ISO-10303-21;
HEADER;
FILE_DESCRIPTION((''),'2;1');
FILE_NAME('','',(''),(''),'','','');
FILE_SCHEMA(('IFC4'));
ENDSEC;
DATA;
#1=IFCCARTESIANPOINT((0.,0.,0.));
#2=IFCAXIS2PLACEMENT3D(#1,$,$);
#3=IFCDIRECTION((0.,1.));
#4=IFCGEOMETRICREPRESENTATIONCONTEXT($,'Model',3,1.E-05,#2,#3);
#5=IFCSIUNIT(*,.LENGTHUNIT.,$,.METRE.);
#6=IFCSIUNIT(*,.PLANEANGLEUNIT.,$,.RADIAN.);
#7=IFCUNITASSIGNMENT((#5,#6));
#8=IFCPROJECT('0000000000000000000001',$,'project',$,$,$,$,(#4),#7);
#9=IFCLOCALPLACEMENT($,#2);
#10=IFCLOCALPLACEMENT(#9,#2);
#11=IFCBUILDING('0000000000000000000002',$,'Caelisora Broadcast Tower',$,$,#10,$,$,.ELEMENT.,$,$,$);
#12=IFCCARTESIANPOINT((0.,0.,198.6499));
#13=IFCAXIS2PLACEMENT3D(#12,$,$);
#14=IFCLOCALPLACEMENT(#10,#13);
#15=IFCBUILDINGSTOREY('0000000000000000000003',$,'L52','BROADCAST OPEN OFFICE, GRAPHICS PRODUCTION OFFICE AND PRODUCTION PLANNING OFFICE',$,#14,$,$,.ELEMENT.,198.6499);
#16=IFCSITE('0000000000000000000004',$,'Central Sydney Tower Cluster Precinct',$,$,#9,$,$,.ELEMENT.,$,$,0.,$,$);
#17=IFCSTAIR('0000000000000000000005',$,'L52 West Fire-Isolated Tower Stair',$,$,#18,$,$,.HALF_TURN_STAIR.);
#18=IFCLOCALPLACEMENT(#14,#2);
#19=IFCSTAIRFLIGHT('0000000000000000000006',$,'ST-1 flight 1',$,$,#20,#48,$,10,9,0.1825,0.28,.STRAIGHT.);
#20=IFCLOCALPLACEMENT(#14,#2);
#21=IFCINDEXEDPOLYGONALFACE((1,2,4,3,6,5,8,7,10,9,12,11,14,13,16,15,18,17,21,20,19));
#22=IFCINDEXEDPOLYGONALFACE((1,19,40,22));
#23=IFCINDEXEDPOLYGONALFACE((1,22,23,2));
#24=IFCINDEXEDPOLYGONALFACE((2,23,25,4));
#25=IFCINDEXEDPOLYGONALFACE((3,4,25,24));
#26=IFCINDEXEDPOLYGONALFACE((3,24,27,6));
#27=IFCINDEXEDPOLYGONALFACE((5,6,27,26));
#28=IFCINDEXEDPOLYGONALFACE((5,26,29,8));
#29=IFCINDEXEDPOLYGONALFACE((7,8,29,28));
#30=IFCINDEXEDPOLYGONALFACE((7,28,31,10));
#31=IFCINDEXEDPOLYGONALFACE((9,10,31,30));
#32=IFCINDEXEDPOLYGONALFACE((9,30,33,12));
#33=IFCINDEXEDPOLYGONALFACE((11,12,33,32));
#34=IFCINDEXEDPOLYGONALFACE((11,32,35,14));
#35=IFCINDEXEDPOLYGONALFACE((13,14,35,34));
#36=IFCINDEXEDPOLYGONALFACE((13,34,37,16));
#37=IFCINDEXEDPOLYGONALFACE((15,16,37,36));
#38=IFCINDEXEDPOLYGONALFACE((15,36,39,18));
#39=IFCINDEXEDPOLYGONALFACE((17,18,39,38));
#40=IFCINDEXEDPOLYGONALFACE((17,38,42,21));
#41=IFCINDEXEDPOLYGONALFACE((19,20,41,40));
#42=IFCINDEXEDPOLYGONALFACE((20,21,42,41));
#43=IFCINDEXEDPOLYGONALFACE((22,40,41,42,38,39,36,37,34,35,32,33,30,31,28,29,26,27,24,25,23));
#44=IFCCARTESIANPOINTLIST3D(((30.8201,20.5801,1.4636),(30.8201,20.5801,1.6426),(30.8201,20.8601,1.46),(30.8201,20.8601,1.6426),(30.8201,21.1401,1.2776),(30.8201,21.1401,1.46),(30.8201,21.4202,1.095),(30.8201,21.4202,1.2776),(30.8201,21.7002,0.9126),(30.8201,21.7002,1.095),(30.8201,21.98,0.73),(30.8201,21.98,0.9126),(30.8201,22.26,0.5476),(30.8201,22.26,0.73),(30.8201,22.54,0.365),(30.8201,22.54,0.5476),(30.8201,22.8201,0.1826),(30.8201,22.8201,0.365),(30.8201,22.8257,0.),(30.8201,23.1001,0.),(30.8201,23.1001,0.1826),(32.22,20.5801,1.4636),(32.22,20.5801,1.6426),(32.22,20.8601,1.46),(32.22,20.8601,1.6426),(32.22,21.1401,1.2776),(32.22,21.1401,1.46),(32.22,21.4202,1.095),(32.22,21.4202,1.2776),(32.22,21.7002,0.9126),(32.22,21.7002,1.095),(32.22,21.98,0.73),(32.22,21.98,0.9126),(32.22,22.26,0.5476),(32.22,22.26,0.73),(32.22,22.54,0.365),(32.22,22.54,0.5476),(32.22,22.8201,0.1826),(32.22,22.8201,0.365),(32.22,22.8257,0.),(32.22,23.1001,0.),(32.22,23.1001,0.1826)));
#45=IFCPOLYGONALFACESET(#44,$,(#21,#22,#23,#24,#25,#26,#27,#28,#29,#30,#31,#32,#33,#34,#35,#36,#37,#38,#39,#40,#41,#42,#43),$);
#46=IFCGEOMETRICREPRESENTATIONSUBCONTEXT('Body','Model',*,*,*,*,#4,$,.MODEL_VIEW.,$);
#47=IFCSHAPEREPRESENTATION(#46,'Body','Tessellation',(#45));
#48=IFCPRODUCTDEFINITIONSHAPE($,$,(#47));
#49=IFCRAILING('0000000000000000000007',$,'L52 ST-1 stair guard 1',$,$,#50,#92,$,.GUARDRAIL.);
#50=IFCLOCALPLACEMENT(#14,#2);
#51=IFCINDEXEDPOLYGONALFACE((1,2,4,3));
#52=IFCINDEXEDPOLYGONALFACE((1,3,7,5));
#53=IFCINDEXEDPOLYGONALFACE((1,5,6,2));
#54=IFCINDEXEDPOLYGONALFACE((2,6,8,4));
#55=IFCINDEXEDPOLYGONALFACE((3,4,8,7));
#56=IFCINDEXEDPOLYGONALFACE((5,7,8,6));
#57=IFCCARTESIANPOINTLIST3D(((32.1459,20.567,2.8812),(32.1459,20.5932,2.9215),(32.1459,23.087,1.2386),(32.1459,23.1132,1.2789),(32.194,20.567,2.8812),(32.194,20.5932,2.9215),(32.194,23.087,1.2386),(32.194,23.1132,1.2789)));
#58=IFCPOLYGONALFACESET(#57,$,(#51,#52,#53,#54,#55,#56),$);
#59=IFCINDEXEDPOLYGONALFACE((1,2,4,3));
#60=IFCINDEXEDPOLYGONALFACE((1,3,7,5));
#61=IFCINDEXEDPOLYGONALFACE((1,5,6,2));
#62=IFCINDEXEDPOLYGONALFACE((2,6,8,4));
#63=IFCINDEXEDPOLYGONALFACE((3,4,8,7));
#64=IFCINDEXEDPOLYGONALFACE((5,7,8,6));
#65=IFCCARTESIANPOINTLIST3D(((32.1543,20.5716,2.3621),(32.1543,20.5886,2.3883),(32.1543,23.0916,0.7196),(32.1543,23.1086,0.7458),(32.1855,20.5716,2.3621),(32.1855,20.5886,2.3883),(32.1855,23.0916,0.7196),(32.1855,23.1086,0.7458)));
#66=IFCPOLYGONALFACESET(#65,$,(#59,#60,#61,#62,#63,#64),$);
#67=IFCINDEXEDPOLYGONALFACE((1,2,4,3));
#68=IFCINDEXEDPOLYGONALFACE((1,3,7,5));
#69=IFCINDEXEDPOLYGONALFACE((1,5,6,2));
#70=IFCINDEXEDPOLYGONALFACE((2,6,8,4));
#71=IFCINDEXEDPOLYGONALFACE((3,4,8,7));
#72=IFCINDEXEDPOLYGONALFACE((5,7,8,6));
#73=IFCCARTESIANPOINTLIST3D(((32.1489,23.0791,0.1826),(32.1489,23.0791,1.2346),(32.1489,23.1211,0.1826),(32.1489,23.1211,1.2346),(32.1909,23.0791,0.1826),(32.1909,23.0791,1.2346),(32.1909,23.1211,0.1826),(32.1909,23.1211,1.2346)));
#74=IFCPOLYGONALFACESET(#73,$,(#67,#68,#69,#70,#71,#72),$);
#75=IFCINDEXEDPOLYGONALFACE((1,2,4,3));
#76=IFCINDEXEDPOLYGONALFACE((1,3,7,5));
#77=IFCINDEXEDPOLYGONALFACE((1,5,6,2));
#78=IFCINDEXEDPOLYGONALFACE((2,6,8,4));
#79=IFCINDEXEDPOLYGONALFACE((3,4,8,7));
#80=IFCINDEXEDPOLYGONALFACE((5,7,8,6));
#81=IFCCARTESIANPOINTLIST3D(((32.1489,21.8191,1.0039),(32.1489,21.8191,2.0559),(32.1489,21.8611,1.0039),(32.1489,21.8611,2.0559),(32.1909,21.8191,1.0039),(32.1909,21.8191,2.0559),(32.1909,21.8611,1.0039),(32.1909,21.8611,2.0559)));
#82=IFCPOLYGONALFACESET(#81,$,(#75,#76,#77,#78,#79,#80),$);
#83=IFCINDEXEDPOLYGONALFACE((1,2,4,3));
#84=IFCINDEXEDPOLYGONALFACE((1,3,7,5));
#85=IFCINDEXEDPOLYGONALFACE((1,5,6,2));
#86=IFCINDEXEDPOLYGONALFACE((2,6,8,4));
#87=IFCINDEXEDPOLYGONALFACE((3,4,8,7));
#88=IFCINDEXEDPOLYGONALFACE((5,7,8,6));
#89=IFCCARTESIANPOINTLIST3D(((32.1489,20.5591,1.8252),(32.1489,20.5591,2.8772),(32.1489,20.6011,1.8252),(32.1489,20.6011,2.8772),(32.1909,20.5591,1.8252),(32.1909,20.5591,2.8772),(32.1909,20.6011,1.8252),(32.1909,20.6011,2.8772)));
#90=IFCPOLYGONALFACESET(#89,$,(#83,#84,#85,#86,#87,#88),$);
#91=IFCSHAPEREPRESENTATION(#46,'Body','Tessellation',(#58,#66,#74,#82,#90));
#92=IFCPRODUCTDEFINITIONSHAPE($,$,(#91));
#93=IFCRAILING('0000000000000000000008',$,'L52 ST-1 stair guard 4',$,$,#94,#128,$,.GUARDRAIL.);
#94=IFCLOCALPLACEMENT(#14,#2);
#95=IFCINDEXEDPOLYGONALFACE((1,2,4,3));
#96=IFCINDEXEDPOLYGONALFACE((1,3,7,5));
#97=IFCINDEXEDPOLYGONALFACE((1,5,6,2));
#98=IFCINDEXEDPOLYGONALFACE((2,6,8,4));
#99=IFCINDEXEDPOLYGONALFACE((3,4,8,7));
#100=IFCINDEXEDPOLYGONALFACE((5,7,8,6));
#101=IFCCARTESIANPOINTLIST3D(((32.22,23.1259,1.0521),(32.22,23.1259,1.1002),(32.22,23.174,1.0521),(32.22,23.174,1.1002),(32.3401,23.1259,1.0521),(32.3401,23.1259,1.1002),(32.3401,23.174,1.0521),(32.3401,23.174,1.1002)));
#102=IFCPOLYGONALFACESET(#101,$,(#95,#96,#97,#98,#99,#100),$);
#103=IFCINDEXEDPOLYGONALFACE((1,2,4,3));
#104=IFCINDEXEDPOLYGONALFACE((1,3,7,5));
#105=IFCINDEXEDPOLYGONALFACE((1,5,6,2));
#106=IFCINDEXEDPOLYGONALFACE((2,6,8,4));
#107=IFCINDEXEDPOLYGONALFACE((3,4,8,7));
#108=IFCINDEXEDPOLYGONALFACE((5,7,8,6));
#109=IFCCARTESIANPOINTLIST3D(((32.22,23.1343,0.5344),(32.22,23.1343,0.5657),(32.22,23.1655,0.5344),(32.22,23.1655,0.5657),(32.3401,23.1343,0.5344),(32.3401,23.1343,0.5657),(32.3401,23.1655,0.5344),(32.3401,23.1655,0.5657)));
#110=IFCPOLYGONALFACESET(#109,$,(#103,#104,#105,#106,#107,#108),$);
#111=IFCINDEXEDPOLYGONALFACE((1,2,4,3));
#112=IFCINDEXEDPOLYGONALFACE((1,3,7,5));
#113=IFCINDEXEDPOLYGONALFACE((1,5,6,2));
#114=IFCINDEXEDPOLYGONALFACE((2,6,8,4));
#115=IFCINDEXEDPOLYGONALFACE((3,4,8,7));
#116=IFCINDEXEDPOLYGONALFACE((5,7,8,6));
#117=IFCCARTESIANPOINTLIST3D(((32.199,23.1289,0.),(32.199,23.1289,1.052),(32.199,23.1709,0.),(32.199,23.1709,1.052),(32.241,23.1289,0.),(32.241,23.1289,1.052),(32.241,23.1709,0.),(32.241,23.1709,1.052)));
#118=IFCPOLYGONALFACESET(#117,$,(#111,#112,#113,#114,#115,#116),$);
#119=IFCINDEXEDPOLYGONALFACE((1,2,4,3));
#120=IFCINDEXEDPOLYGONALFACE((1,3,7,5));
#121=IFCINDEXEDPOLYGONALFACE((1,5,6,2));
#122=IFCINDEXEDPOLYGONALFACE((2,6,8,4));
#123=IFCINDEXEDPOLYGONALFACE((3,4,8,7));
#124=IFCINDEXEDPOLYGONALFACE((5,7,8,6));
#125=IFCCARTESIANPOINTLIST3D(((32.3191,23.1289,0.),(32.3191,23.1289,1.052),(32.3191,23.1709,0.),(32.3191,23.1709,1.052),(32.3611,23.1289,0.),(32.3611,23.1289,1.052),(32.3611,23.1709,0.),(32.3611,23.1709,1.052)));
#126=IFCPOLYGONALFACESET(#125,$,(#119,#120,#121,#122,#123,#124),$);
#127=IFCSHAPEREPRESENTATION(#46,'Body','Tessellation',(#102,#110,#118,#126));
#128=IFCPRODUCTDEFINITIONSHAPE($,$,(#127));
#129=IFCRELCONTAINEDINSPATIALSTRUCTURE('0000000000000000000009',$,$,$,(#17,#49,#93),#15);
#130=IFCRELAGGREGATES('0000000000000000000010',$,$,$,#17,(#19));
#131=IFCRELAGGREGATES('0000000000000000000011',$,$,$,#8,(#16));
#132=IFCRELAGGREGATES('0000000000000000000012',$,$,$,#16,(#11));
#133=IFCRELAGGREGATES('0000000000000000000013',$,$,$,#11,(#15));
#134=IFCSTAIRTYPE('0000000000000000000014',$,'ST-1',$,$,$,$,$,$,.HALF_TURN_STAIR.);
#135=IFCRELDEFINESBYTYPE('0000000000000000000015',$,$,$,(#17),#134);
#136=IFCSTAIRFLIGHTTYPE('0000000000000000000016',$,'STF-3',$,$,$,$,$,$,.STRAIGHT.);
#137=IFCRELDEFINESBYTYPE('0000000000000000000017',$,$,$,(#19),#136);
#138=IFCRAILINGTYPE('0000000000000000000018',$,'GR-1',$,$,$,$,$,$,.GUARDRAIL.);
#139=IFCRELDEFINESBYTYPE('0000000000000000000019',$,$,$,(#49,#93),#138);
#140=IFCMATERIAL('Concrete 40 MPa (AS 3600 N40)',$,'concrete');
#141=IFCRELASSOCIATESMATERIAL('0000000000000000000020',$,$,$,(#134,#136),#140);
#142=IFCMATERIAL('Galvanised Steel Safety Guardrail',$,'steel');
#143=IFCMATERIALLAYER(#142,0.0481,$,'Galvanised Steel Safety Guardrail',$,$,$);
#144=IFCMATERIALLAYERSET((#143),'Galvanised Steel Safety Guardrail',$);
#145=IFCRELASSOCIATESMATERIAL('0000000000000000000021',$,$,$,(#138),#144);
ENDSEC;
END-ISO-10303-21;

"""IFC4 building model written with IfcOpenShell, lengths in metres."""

from ifc_helpers import new_model, si_unit, direction, frame, origin, origin_2d, place, context, subcontext, project, spatial, polyline, rectangle, outline, extrude, material, layer, layer_set, type_object, element, aggregate, save


model = new_model("IFC4")

# Units and contexts
model_context = context("Model", 3, precision=1e-05, world=origin(), true_north=direction((0.0, 1.0)))
body_context = subcontext(model_context, "Body", "Model", "MODEL_VIEW")
ifc_project = project(units=[si_unit("LENGTHUNIT", "METRE"), si_unit("PLANEANGLEUNIT", "RADIAN")], contexts=[model_context])

# Site, building, storey
site_placement = place(None, origin())
site = spatial("IfcSite", under=ifc_project, at=site_placement, Name="Central Sydney Tower Cluster Precinct", CompositionType="ELEMENT", RefElevation=0.0)
building_placement = place(site_placement, origin())
building = spatial("IfcBuilding", under=site, at=building_placement, Name="Caelisora Broadcast Tower", CompositionType="ELEMENT")
storey_placement = place(building_placement, frame((0.0, 0.0, 198.6499)))
storey = spatial("IfcBuildingStorey", under=building, at=storey_placement, Name="L52", Description="BROADCAST OPEN OFFICE, GRAPHICS PRODUCTION OFFICE AND PRODUCTION PLANNING OFFICE", CompositionType="ELEMENT", Elevation=198.6499)

# Stair, stair flight
ifc_material_1 = material(Name="Concrete 40 MPa (AS 3600 N40)", Category="concrete")
stair_type = type_object("IfcStairType", Name="ST-1", PredefinedType="HALF_TURN_STAIR", material=ifc_material_1)
stair_placement = place(storey_placement, origin())
stair = element("IfcStair", 1, at=stair_placement, inside=storey, type_object=stair_type, Name="L52 West Fire-Isolated Tower Stair", PredefinedType="HALF_TURN_STAIR")
stair_flight_type = type_object("IfcStairFlightType", Name="STF-3", PredefinedType="STRAIGHT", material=ifc_material_1)
stair_flight_placement = place(storey_placement, frame((31.52, 23.1001, 0.0), z_axis=(0.0, 0.0, 1.0), x_axis=(0.0, -1.0, 0.0)))
stair_flight = element("IfcStairFlight", 2, at=stair_flight_placement, type_object=stair_flight_type, Name="ST-1 flight 1", NumberOfRisers=10, NumberOfTreads=9, PredefinedType="STRAIGHT", RiserHeight=0.1825, TreadLength=0.28, context=body_context, shape_type="SweptSolid", body=[
    extrude(outline(polyline([(0.0, 0.0), (0.0, 0.1826), (0.28, 0.1826), (0.28, 0.365), (0.5601, 0.365), (0.5601, 0.5476), (0.8401, 0.5476), (0.8401, 0.73), (1.1201, 0.73), (1.1201, 0.9126), (1.3999, 0.9126), (1.3999, 1.095), (1.6799, 1.095), (1.6799, 1.2776), (1.96, 1.2776), (1.96, 1.46), (2.24, 1.46), (2.24, 1.6426), (2.52, 1.6426), (2.52, 1.825), (2.52, 1.4636), (0.2744, 0.0), (0.0, 0.0)])), frame((0.0, 0.7, 0.0), z_axis=(0.0, -1.0, 0.0), x_axis=(1.0, 0.0, 0.0)), (0.0, 0.0, 1.0), 1.3999),
])
aggregate(stair, [stair_flight])

# Railings
ifc_material_2 = material(Name="Galvanised Steel Safety Guardrail", Category="steel")
ifc_layer_1 = layer(ifc_material_2, 0.0481, Name="Galvanised Steel Safety Guardrail")
ifc_layer_set_1 = layer_set([ifc_layer_1], Name="Galvanised Steel Safety Guardrail")
railing_type = type_object("IfcRailingType", Name="GR-1", PredefinedType="GUARDRAIL", material=ifc_layer_set_1)
railing_1_placement = place(storey_placement, frame((32.1699, 23.1001, 0.1826)))
element("IfcRailing", 3, at=railing_1_placement, inside=storey, type_object=railing_type, Name="L52 ST-1 stair guard 1", PredefinedType="GUARDRAIL", context=body_context, shape_type="SweptSolid", body=[
    extrude(rectangle(XDim=0.0481, YDim=0.0481, at=origin_2d()), frame((0.0, 0.0, 1.0762), z_axis=(0.0, -0.837749, 0.546055), x_axis=(1.0, 0.0, 0.0)), (0.0, 0.0, 1.0), 3.0081),
    extrude(rectangle(XDim=0.0312, YDim=0.0312, at=origin_2d()), frame((0.0, 0.0, 0.55), z_axis=(0.0, -0.837749, 0.546055), x_axis=(1.0, 0.0, 0.0)), (0.0, 0.0, 1.0), 3.0081),
    extrude(rectangle(XDim=0.042, YDim=0.042, at=origin_2d()), origin(), (0.0, 0.0, 1.0), 1.052),
    extrude(rectangle(XDim=0.042, YDim=0.042, at=origin_2d()), frame((0.0, -1.26, 0.8213)), (0.0, 0.0, 1.0), 1.052),
    extrude(rectangle(XDim=0.042, YDim=0.042, at=origin_2d()), frame((0.0, -2.52, 1.6426)), (0.0, 0.0, 1.0), 1.052),
])
railing_2_placement = place(storey_placement, frame((32.22, 23.1499, 0.0)))
element("IfcRailing", 4, at=railing_2_placement, inside=storey, type_object=railing_type, Name="L52 ST-1 stair guard 4", PredefinedType="GUARDRAIL", context=body_context, shape_type="SweptSolid", body=[
    extrude(rectangle(XDim=0.0481, YDim=0.0481, at=origin_2d()), frame((0.0, 0.0, 1.0762), z_axis=(1.0, 0.0, 0.0), x_axis=(0.0, 1.0, 0.0)), (0.0, 0.0, 1.0), 0.1201),
    extrude(rectangle(XDim=0.0312, YDim=0.0312, at=origin_2d()), frame((0.0, 0.0, 0.55), z_axis=(1.0, 0.0, 0.0), x_axis=(0.0, 1.0, 0.0)), (0.0, 0.0, 1.0), 0.1201),
    extrude(rectangle(XDim=0.042, YDim=0.042, at=origin_2d()), origin(), (0.0, 0.0, 1.0), 1.052),
    extrude(rectangle(XDim=0.042, YDim=0.042, at=origin_2d()), frame((0.1201, 0.0, 0.0)), (0.0, 0.0, 1.0), 1.052),
])

save(model, "model.ifc")
